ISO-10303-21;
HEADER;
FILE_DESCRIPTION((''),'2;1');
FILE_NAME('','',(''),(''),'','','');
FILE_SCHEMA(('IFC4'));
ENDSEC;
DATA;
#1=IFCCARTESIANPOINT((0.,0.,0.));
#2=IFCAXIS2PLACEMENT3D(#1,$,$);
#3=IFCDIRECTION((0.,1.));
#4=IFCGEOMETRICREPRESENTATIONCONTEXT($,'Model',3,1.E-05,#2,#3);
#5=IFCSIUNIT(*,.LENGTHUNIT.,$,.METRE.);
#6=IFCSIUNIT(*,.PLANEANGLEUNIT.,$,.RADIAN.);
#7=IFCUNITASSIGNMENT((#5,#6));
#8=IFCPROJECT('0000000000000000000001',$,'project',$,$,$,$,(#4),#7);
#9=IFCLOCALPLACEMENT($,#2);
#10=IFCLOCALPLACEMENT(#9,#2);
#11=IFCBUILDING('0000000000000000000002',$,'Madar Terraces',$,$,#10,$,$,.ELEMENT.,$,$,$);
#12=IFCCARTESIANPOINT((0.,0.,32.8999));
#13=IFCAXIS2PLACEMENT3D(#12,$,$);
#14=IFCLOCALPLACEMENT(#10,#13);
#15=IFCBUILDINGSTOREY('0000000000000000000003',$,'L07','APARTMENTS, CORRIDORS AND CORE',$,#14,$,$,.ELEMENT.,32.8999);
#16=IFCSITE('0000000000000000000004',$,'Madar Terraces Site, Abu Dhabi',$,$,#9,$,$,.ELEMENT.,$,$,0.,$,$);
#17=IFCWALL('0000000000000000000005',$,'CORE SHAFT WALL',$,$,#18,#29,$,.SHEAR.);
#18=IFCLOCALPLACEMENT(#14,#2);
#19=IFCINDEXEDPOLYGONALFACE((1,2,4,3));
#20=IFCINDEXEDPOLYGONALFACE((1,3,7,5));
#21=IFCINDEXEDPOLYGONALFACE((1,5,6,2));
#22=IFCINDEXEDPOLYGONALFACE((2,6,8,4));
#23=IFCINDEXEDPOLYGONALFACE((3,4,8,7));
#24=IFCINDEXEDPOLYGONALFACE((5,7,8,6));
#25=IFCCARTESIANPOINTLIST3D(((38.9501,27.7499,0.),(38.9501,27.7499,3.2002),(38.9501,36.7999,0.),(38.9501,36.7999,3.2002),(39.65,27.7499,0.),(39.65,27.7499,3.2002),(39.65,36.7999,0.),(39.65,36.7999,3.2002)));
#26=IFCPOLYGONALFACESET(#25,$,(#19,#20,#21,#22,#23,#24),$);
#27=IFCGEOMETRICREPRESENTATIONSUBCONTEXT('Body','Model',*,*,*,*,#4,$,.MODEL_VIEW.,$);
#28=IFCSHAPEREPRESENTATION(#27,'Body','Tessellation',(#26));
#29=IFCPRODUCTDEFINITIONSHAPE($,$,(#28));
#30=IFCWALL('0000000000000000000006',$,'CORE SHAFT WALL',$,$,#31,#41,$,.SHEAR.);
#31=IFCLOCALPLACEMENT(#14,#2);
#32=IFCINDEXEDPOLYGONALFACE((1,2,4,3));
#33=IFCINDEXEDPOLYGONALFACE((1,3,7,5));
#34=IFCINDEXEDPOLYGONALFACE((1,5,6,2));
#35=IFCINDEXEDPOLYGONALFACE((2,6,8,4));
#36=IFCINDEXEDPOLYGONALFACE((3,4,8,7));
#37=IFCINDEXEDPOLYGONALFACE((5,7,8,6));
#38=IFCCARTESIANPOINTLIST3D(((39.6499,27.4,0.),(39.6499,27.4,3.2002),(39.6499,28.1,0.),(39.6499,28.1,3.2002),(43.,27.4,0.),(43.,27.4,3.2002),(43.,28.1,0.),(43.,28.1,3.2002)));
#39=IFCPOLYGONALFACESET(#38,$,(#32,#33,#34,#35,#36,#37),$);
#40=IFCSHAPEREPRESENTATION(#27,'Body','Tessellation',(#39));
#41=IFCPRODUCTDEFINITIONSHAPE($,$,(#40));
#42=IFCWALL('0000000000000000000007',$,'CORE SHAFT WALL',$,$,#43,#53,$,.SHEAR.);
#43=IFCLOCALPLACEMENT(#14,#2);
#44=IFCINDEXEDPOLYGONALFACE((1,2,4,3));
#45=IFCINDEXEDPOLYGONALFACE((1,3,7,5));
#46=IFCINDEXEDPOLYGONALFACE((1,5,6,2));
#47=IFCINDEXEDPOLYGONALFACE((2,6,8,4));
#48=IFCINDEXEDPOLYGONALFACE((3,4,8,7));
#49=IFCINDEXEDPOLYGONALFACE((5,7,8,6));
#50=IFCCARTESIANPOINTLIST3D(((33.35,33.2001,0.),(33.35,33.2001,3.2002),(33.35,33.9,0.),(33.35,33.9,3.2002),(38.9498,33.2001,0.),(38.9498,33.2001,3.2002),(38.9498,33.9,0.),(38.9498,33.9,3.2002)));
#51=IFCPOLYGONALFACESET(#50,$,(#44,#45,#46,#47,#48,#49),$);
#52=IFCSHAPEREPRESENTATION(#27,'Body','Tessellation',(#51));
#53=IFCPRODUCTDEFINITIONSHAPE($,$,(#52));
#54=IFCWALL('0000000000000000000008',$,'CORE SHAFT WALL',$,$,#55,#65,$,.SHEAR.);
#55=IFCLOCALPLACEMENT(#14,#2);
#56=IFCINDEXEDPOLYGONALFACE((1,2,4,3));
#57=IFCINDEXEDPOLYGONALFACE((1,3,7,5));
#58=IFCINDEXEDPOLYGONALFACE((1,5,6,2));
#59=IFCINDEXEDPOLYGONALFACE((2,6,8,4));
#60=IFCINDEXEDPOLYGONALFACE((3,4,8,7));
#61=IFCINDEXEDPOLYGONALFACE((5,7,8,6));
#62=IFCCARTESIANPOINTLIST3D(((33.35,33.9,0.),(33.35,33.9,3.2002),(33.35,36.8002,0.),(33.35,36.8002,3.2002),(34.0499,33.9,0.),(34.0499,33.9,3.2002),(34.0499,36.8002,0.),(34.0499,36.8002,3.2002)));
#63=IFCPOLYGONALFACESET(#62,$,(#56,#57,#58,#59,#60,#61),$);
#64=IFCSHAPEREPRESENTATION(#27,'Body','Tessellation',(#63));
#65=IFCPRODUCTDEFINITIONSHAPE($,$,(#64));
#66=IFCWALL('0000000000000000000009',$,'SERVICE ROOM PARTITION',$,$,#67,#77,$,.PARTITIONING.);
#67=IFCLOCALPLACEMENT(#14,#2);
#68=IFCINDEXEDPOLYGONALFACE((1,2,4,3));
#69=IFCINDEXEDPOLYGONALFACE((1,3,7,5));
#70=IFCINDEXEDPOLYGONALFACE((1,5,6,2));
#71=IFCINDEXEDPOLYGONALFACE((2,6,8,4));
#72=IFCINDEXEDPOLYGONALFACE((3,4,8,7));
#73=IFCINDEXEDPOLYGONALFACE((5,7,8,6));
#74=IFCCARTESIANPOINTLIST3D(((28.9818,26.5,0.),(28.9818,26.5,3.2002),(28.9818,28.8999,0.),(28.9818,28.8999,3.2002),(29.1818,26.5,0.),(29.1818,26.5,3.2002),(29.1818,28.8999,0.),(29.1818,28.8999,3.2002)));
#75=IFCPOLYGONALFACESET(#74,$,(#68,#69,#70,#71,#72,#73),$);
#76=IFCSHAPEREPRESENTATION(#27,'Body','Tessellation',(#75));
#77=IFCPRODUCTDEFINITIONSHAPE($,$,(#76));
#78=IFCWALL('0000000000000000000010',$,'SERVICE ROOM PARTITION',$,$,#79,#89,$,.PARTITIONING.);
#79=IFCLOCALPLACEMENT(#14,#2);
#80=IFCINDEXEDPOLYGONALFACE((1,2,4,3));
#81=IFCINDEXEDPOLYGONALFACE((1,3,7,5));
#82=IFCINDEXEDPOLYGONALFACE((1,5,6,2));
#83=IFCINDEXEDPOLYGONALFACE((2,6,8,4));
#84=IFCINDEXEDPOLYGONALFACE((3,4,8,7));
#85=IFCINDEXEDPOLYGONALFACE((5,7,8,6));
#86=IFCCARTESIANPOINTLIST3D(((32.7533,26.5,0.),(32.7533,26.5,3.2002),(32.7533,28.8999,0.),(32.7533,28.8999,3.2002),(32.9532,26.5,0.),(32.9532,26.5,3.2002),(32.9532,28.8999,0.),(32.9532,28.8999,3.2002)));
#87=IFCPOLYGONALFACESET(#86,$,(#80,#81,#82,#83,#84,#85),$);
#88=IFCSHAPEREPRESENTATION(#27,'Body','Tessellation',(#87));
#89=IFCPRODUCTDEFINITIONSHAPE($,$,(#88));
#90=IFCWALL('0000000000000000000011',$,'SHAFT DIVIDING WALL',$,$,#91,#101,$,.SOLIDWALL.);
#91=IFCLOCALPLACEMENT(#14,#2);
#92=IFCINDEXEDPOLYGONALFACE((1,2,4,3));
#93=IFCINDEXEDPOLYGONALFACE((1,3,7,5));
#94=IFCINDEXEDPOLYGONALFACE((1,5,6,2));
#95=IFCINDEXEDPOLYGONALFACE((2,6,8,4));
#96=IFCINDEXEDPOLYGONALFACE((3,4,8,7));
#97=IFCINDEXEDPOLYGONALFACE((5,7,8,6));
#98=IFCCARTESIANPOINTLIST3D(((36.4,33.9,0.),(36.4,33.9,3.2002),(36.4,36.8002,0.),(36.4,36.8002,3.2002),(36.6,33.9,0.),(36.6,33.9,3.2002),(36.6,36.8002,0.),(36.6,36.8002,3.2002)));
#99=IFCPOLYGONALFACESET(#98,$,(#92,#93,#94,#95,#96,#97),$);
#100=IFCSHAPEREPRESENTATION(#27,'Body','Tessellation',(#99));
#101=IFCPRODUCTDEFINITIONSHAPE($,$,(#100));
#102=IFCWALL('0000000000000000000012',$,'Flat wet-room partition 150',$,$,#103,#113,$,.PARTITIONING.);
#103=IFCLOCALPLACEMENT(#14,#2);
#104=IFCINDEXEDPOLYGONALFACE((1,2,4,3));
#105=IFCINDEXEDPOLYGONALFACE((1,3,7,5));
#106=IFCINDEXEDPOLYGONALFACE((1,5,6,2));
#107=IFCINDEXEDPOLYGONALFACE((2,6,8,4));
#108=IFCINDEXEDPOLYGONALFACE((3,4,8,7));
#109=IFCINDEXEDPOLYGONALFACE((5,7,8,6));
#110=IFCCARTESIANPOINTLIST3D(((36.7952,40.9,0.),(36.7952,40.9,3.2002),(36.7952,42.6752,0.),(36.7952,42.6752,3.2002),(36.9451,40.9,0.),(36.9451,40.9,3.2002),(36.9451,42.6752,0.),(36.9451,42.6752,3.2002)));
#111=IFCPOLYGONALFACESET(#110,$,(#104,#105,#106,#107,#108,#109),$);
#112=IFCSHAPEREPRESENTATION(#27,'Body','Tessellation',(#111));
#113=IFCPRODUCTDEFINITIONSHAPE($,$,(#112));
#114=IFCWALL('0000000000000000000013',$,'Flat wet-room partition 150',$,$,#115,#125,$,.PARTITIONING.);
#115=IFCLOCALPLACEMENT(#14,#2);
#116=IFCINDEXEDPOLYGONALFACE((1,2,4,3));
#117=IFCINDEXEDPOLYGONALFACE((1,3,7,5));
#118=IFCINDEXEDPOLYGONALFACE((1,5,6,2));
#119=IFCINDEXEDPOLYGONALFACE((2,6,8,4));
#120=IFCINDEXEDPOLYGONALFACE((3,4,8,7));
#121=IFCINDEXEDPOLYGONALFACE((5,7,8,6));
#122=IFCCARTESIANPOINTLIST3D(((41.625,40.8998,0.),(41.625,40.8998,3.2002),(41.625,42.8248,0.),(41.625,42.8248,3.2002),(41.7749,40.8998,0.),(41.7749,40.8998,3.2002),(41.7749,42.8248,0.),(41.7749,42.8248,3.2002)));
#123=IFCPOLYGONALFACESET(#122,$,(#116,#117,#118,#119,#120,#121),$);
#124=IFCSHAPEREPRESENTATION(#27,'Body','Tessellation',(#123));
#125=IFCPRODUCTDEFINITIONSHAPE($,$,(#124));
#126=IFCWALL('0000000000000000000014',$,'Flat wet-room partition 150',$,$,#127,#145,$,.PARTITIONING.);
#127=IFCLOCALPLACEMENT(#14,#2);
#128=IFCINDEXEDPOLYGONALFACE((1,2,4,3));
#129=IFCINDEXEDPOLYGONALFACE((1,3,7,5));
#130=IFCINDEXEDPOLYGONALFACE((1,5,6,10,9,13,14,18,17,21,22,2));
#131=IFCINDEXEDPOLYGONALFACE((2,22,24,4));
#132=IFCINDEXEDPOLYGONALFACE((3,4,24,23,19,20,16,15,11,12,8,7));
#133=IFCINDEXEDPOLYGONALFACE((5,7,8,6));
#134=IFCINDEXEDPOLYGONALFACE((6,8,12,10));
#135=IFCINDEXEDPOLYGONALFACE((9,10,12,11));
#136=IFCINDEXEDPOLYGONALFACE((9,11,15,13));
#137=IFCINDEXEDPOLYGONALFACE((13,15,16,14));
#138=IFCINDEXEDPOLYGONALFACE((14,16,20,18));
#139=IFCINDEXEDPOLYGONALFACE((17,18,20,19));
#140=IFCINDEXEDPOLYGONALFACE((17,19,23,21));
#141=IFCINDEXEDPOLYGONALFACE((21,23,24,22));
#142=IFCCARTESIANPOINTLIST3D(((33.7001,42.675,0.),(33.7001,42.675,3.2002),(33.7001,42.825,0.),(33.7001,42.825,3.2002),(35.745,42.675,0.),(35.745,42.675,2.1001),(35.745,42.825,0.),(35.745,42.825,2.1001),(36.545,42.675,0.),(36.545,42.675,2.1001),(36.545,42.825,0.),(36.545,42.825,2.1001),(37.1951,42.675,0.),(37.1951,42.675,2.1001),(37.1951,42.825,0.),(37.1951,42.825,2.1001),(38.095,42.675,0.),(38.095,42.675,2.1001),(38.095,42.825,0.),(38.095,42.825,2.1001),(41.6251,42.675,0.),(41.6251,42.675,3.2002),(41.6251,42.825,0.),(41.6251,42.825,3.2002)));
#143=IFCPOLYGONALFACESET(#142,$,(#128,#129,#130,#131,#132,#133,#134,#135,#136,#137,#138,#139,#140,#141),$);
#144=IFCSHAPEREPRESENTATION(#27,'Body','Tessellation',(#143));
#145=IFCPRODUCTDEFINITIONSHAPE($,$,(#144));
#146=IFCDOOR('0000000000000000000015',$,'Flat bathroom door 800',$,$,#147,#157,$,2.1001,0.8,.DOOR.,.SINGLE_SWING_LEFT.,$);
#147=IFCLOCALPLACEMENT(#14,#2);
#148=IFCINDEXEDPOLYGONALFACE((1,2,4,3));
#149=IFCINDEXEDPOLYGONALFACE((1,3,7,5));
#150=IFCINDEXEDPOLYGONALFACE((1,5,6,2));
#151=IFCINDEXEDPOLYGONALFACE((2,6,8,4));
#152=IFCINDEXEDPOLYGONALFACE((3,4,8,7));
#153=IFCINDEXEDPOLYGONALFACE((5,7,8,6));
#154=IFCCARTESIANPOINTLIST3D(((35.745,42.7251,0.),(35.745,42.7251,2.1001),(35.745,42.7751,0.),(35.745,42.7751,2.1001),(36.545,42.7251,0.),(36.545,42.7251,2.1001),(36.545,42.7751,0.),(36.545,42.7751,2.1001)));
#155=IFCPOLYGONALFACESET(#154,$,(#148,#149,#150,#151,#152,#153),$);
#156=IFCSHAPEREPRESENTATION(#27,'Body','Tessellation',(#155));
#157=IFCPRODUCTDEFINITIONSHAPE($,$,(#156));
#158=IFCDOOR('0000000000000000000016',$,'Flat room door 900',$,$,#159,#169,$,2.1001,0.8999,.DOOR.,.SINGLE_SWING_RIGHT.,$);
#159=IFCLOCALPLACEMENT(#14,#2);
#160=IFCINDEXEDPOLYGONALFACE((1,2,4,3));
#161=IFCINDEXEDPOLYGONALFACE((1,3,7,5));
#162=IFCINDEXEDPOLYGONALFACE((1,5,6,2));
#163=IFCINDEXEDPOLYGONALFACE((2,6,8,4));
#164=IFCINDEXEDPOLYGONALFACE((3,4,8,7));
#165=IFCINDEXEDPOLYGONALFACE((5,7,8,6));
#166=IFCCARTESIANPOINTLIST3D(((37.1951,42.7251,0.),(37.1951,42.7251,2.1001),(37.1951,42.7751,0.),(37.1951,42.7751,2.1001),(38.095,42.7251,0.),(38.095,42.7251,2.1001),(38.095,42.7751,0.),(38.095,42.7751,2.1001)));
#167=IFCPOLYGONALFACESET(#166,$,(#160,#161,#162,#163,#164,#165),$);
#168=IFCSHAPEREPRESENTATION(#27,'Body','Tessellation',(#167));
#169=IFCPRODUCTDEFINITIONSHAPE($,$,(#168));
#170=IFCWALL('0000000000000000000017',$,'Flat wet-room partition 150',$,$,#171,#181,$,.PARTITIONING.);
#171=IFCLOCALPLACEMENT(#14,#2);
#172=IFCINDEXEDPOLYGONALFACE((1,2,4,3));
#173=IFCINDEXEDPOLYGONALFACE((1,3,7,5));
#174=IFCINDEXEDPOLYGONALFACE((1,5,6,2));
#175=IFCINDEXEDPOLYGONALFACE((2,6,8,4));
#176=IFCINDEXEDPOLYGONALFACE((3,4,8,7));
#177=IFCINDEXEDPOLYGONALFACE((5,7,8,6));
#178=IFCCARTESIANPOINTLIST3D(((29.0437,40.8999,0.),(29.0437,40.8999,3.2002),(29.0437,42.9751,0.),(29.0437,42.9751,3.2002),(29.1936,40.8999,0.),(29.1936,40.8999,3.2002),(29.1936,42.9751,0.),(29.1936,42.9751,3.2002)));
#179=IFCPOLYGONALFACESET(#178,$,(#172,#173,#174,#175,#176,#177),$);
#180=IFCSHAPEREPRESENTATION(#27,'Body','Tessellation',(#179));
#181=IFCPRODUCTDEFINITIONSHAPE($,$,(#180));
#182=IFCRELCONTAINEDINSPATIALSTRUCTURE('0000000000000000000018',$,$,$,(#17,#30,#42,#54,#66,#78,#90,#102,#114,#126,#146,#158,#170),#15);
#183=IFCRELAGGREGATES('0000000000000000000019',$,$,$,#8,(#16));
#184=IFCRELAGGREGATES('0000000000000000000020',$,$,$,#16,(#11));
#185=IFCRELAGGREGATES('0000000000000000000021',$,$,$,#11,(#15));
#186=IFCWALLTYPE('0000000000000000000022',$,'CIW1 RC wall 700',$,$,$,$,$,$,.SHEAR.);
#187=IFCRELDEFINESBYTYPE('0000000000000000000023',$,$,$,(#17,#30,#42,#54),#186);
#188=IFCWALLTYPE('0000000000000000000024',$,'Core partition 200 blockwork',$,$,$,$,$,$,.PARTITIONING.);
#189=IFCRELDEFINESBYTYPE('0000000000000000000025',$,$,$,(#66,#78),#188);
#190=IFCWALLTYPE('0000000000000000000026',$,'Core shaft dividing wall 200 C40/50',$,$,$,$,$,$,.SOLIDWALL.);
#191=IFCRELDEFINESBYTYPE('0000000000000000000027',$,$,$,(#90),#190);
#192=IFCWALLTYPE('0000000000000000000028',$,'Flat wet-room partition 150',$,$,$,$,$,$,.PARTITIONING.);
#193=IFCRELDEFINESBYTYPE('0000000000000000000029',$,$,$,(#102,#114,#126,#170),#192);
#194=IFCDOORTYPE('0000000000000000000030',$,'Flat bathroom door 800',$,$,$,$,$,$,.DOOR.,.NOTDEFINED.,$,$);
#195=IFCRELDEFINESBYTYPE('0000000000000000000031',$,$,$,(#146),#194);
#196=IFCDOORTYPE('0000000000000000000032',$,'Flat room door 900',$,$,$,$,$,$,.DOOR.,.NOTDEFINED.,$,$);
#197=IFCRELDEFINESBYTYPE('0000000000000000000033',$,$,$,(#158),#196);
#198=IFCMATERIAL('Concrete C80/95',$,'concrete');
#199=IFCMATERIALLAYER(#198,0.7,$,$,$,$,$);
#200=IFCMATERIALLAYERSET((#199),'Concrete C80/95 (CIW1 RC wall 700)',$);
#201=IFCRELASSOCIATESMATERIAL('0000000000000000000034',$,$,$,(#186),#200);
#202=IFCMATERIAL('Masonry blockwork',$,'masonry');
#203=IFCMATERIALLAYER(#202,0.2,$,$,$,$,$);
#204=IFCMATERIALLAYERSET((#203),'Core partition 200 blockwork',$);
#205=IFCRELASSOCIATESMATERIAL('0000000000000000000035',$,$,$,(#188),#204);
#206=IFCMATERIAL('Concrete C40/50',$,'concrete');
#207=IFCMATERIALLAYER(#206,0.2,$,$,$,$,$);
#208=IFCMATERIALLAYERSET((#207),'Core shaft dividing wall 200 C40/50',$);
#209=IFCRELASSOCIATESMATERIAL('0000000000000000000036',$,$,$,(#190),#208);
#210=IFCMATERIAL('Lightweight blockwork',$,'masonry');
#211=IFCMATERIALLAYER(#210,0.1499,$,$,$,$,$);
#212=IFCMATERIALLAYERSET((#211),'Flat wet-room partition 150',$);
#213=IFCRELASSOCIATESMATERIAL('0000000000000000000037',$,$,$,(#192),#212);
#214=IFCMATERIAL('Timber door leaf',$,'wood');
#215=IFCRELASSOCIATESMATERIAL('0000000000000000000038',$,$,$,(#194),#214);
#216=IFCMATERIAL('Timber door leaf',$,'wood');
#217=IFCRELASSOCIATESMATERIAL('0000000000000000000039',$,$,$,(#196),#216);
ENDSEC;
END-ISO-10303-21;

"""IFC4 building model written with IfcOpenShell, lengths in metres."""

from ifc_helpers import new_model, si_unit, direction, frame, frame_2d, origin, place, context, subcontext, project, spatial, rectangle, extrude, material, layer, layer_set, type_object, element, fill, save


model = new_model("IFC4")

# Units and contexts
model_context = context("Model", 3, precision=1e-05, world=origin(), true_north=direction((0.0, 1.0)))
body_context = subcontext(model_context, "Body", "Model", "MODEL_VIEW")
ifc_project = project(units=[si_unit("LENGTHUNIT", "METRE"), si_unit("PLANEANGLEUNIT", "RADIAN")], contexts=[model_context])

# Site, building, storey
site_placement = place(None, origin())
site = spatial("IfcSite", under=ifc_project, at=site_placement, Name="Madar Terraces Site, Abu Dhabi", CompositionType="ELEMENT", RefElevation=0.0)
building_placement = place(site_placement, origin())
building = spatial("IfcBuilding", under=site, at=building_placement, Name="Madar Terraces", CompositionType="ELEMENT")
storey_placement = place(building_placement, frame((0.0, 0.0, 32.8999)))
storey = spatial("IfcBuildingStorey", under=building, at=storey_placement, Name="L07", Description="APARTMENTS, CORRIDORS AND CORE", CompositionType="ELEMENT", Elevation=32.8999)

# Walls
ifc_material_1 = material(Name="Concrete C80/95", Category="concrete")
ifc_layer_1 = layer(ifc_material_1, 0.7)
ifc_layer_set_1 = layer_set([ifc_layer_1], Name="Concrete C80/95 (CIW1 RC wall 700)")
wall_type_1 = type_object("IfcWallType", Name="CIW1 RC wall 700", PredefinedType="SHEAR", material=ifc_layer_set_1)
wall_1_placement = place(storey_placement, frame((39.3, 27.75, 0.0), z_axis=(0.0, 0.0, 1.0), x_axis=(0.0, 1.0, 0.0)))
element("IfcWall", 1, at=wall_1_placement, inside=storey, type_object=wall_type_1, Name="CORE SHAFT WALL", PredefinedType="SHEAR", context=body_context, shape_type="SweptSolid", body=[
    extrude(rectangle(XDim=9.05, YDim=0.7, at=frame_2d((4.5249, 0.0))), origin(), (0.0, 0.0, 1.0), 3.2002),
])
wall_2_placement = place(storey_placement, frame((39.6499, 27.75, 0.0), z_axis=(0.0, 0.0, 1.0), x_axis=(1.0, 0.0, 0.0)))
element("IfcWall", 2, at=wall_2_placement, inside=storey, type_object=wall_type_1, Name="CORE SHAFT WALL", PredefinedType="SHEAR", context=body_context, shape_type="SweptSolid", body=[
    extrude(rectangle(XDim=3.3501, YDim=0.7, at=frame_2d((1.675, 0.0))), origin(), (0.0, 0.0, 1.0), 3.2002),
])
wall_3_placement = place(storey_placement, frame((33.3501, 33.55, 0.0), z_axis=(0.0, 0.0, 1.0), x_axis=(1.0, 0.0, 0.0)))
element("IfcWall", 3, at=wall_3_placement, inside=storey, type_object=wall_type_1, Name="CORE SHAFT WALL", PredefinedType="SHEAR", context=body_context, shape_type="SweptSolid", body=[
    extrude(rectangle(XDim=5.5999, YDim=0.7, at=frame_2d((2.7998, 0.0))), origin(), (0.0, 0.0, 1.0), 3.2002),
])
wall_4_placement = place(storey_placement, frame((33.7, 33.8999, 0.0), z_axis=(0.0, 0.0, 1.0), x_axis=(0.0, 1.0, 0.0)))
element("IfcWall", 4, at=wall_4_placement, inside=storey, type_object=wall_type_1, Name="CORE SHAFT WALL", PredefinedType="SHEAR", context=body_context, shape_type="SweptSolid", body=[
    extrude(rectangle(XDim=2.9001, YDim=0.7, at=frame_2d((1.4502, 0.0))), origin(), (0.0, 0.0, 1.0), 3.2002),
])
ifc_material_2 = material(Name="Masonry blockwork", Category="masonry")
ifc_layer_2 = layer(ifc_material_2, 0.2)
ifc_layer_set_2 = layer_set([ifc_layer_2], Name="Core partition 200 blockwork")
wall_type_2 = type_object("IfcWallType", Name="Core partition 200 blockwork", PredefinedType="PARTITIONING", material=ifc_layer_set_2)
for number, where, z_axis, x_axis, name in (
    (5, (29.0818, 26.5, 0.0), (0.0, 0.0, 1.0), (0.0, 1.0, 0.0), "SERVICE ROOM PARTITION"),
    (6, (32.8533, 26.5, 0.0), (0.0, 0.0, 1.0), (0.0, 1.0, 0.0), "SERVICE ROOM PARTITION"),
):
    element("IfcWall", number, at=place(storey_placement, frame(where, z_axis=z_axis, x_axis=x_axis)), inside=storey, type_object=wall_type_2, Name=name, PredefinedType="PARTITIONING", context=body_context, shape_type="SweptSolid", body=[
        extrude(rectangle(XDim=2.3999, YDim=0.2, at=frame_2d((1.2, 0.0))), origin(), (0.0, 0.0, 1.0), 3.2002),
    ])
ifc_material_3 = material(Name="Concrete C40/50", Category="concrete")
ifc_layer_3 = layer(ifc_material_3, 0.2)
ifc_layer_set_3 = layer_set([ifc_layer_3], Name="Core shaft dividing wall 200 C40/50")
wall_type_3 = type_object("IfcWallType", Name="Core shaft dividing wall 200 C40/50", PredefinedType="SOLIDWALL", material=ifc_layer_set_3)
wall_5_placement = place(storey_placement, frame((36.5, 33.8999, 0.0), z_axis=(0.0, 0.0, 1.0), x_axis=(0.0, 1.0, 0.0)))
element("IfcWall", 7, at=wall_5_placement, inside=storey, type_object=wall_type_3, Name="SHAFT DIVIDING WALL", PredefinedType="SOLIDWALL", context=body_context, shape_type="SweptSolid", body=[
    extrude(rectangle(XDim=2.9001, YDim=0.2, at=frame_2d((1.4502, 0.0))), origin(), (0.0, 0.0, 1.0), 3.2002),
])
ifc_material_4 = material(Name="Lightweight blockwork", Category="masonry")
ifc_layer_4 = layer(ifc_material_4, 0.1499)
ifc_layer_set_4 = layer_set([ifc_layer_4], Name="Flat wet-room partition 150")
wall_type_4 = type_object("IfcWallType", Name="Flat wet-room partition 150", PredefinedType="PARTITIONING", material=ifc_layer_set_4)
wall_6_placement = place(storey_placement, frame((36.8701, 40.8999, 0.0), z_axis=(0.0, 0.0, 1.0), x_axis=(0.0, 1.0, 0.0)))
element("IfcWall", 8, at=wall_6_placement, inside=storey, type_object=wall_type_4, Name="Flat wet-room partition 150", PredefinedType="PARTITIONING", context=body_context, shape_type="SweptSolid", body=[
    extrude(rectangle(XDim=1.7751, YDim=0.1499, at=frame_2d((0.8877, 0.0))), origin(), (0.0, 0.0, 1.0), 3.2002),
])
wall_7_placement = place(storey_placement, frame((41.7, 40.8999, 0.0), z_axis=(0.0, 0.0, 1.0), x_axis=(0.0, 1.0, 0.0)))
element("IfcWall", 9, at=wall_7_placement, inside=storey, type_object=wall_type_4, Name="Flat wet-room partition 150", PredefinedType="PARTITIONING", context=body_context, shape_type="SweptSolid", body=[
    extrude(rectangle(XDim=1.925, YDim=0.1499, at=frame_2d((0.9624, 0.0))), origin(), (0.0, 0.0, 1.0), 3.2002),
])

# Wall, openings, doors
wall_8_placement = place(storey_placement, frame((41.625, 42.75, 0.0), z_axis=(0.0, 0.0, 1.0), x_axis=(-1.0, 0.0, 0.0)))
wall_8 = element("IfcWall", 10, at=wall_8_placement, inside=storey, type_object=wall_type_4, Name="Flat wet-room partition 150", PredefinedType="PARTITIONING", context=body_context, shape_type="SweptSolid", body=[
    extrude(rectangle(XDim=7.925, YDim=0.1499, at=frame_2d((3.9624, 0.0))), origin(), (0.0, 0.0, 1.0), 3.2002),
])
opening_1_placement = place(wall_8_placement, frame((3.53, 0.0, 0.0)))
opening_1 = element("IfcOpeningElement", 11, at=opening_1_placement, cuts=wall_8, PredefinedType="OPENING", context=body_context, shape_type="SweptSolid", body=[
    extrude(rectangle(XDim=0.8999, YDim=2.1001, at=frame_2d((0.45, 1.05))), frame((0.0, 0.085, 0.0), z_axis=(0.0, -1.0, 0.0), x_axis=(1.0, 0.0, 0.0)), (0.0, 0.0, 1.0), 0.1699),
])
opening_2_placement = place(wall_8_placement, frame((5.0801, 0.0, 0.0)))
opening_2 = element("IfcOpeningElement", 12, at=opening_2_placement, cuts=wall_8, PredefinedType="OPENING", context=body_context, shape_type="SweptSolid", body=[
    extrude(rectangle(XDim=0.8, YDim=2.1001, at=frame_2d((0.3999, 1.05))), frame((0.0, 0.085, 0.0), z_axis=(0.0, -1.0, 0.0), x_axis=(1.0, 0.0, 0.0)), (0.0, 0.0, 1.0), 0.1699),
])
ifc_material_5 = material(Name="Timber door leaf", Category="wood")
door_type_1 = type_object("IfcDoorType", Name="Flat bathroom door 800", OperationType="NOTDEFINED", PredefinedType="DOOR", material=ifc_material_5)
door_1_placement = place(opening_2_placement, origin())
door_1 = element("IfcDoor", 13, at=door_1_placement, inside=storey, type_object=door_type_1, Name="Flat bathroom door 800", OperationType="SINGLE_SWING_LEFT", OverallHeight=2.1001, OverallWidth=0.8, PredefinedType="DOOR", context=body_context, shape_type="SweptSolid", body=[
    extrude(rectangle(XDim=0.8, YDim=2.1001, at=frame_2d((0.3999, 1.05))), frame((0.0, 0.0249, 0.0), z_axis=(0.0, -1.0, 0.0), x_axis=(1.0, 0.0, 0.0)), (0.0, 0.0, 1.0), 0.05),
])
fill(opening_2, door_1)
ifc_material_6 = material(Name="Timber door leaf", Category="wood")
door_type_2 = type_object("IfcDoorType", Name="Flat room door 900", OperationType="NOTDEFINED", PredefinedType="DOOR", material=ifc_material_6)
door_2_placement = place(opening_1_placement, origin())
door_2 = element("IfcDoor", 14, at=door_2_placement, inside=storey, type_object=door_type_2, Name="Flat room door 900", OperationType="SINGLE_SWING_RIGHT", OverallHeight=2.1001, OverallWidth=0.8999, PredefinedType="DOOR", context=body_context, shape_type="SweptSolid", body=[
    extrude(rectangle(XDim=0.8999, YDim=2.1001, at=frame_2d((0.45, 1.05))), frame((0.0, 0.0249, 0.0), z_axis=(0.0, -1.0, 0.0), x_axis=(1.0, 0.0, 0.0)), (0.0, 0.0, 1.0), 0.05),
])
fill(opening_1, door_2)

# Wall
wall_9_placement = place(storey_placement, frame((29.1187, 40.8999, 0.0), z_axis=(0.0, 0.0, 1.0), x_axis=(0.0, 1.0, 0.0)))
element("IfcWall", 15, at=wall_9_placement, inside=storey, type_object=wall_type_4, Name="Flat wet-room partition 150", PredefinedType="PARTITIONING", context=body_context, shape_type="SweptSolid", body=[
    extrude(rectangle(XDim=2.0752, YDim=0.1499, at=frame_2d((1.0376, 0.0))), origin(), (0.0, 0.0, 1.0), 3.2002),
])

save(model, "model.ifc")
